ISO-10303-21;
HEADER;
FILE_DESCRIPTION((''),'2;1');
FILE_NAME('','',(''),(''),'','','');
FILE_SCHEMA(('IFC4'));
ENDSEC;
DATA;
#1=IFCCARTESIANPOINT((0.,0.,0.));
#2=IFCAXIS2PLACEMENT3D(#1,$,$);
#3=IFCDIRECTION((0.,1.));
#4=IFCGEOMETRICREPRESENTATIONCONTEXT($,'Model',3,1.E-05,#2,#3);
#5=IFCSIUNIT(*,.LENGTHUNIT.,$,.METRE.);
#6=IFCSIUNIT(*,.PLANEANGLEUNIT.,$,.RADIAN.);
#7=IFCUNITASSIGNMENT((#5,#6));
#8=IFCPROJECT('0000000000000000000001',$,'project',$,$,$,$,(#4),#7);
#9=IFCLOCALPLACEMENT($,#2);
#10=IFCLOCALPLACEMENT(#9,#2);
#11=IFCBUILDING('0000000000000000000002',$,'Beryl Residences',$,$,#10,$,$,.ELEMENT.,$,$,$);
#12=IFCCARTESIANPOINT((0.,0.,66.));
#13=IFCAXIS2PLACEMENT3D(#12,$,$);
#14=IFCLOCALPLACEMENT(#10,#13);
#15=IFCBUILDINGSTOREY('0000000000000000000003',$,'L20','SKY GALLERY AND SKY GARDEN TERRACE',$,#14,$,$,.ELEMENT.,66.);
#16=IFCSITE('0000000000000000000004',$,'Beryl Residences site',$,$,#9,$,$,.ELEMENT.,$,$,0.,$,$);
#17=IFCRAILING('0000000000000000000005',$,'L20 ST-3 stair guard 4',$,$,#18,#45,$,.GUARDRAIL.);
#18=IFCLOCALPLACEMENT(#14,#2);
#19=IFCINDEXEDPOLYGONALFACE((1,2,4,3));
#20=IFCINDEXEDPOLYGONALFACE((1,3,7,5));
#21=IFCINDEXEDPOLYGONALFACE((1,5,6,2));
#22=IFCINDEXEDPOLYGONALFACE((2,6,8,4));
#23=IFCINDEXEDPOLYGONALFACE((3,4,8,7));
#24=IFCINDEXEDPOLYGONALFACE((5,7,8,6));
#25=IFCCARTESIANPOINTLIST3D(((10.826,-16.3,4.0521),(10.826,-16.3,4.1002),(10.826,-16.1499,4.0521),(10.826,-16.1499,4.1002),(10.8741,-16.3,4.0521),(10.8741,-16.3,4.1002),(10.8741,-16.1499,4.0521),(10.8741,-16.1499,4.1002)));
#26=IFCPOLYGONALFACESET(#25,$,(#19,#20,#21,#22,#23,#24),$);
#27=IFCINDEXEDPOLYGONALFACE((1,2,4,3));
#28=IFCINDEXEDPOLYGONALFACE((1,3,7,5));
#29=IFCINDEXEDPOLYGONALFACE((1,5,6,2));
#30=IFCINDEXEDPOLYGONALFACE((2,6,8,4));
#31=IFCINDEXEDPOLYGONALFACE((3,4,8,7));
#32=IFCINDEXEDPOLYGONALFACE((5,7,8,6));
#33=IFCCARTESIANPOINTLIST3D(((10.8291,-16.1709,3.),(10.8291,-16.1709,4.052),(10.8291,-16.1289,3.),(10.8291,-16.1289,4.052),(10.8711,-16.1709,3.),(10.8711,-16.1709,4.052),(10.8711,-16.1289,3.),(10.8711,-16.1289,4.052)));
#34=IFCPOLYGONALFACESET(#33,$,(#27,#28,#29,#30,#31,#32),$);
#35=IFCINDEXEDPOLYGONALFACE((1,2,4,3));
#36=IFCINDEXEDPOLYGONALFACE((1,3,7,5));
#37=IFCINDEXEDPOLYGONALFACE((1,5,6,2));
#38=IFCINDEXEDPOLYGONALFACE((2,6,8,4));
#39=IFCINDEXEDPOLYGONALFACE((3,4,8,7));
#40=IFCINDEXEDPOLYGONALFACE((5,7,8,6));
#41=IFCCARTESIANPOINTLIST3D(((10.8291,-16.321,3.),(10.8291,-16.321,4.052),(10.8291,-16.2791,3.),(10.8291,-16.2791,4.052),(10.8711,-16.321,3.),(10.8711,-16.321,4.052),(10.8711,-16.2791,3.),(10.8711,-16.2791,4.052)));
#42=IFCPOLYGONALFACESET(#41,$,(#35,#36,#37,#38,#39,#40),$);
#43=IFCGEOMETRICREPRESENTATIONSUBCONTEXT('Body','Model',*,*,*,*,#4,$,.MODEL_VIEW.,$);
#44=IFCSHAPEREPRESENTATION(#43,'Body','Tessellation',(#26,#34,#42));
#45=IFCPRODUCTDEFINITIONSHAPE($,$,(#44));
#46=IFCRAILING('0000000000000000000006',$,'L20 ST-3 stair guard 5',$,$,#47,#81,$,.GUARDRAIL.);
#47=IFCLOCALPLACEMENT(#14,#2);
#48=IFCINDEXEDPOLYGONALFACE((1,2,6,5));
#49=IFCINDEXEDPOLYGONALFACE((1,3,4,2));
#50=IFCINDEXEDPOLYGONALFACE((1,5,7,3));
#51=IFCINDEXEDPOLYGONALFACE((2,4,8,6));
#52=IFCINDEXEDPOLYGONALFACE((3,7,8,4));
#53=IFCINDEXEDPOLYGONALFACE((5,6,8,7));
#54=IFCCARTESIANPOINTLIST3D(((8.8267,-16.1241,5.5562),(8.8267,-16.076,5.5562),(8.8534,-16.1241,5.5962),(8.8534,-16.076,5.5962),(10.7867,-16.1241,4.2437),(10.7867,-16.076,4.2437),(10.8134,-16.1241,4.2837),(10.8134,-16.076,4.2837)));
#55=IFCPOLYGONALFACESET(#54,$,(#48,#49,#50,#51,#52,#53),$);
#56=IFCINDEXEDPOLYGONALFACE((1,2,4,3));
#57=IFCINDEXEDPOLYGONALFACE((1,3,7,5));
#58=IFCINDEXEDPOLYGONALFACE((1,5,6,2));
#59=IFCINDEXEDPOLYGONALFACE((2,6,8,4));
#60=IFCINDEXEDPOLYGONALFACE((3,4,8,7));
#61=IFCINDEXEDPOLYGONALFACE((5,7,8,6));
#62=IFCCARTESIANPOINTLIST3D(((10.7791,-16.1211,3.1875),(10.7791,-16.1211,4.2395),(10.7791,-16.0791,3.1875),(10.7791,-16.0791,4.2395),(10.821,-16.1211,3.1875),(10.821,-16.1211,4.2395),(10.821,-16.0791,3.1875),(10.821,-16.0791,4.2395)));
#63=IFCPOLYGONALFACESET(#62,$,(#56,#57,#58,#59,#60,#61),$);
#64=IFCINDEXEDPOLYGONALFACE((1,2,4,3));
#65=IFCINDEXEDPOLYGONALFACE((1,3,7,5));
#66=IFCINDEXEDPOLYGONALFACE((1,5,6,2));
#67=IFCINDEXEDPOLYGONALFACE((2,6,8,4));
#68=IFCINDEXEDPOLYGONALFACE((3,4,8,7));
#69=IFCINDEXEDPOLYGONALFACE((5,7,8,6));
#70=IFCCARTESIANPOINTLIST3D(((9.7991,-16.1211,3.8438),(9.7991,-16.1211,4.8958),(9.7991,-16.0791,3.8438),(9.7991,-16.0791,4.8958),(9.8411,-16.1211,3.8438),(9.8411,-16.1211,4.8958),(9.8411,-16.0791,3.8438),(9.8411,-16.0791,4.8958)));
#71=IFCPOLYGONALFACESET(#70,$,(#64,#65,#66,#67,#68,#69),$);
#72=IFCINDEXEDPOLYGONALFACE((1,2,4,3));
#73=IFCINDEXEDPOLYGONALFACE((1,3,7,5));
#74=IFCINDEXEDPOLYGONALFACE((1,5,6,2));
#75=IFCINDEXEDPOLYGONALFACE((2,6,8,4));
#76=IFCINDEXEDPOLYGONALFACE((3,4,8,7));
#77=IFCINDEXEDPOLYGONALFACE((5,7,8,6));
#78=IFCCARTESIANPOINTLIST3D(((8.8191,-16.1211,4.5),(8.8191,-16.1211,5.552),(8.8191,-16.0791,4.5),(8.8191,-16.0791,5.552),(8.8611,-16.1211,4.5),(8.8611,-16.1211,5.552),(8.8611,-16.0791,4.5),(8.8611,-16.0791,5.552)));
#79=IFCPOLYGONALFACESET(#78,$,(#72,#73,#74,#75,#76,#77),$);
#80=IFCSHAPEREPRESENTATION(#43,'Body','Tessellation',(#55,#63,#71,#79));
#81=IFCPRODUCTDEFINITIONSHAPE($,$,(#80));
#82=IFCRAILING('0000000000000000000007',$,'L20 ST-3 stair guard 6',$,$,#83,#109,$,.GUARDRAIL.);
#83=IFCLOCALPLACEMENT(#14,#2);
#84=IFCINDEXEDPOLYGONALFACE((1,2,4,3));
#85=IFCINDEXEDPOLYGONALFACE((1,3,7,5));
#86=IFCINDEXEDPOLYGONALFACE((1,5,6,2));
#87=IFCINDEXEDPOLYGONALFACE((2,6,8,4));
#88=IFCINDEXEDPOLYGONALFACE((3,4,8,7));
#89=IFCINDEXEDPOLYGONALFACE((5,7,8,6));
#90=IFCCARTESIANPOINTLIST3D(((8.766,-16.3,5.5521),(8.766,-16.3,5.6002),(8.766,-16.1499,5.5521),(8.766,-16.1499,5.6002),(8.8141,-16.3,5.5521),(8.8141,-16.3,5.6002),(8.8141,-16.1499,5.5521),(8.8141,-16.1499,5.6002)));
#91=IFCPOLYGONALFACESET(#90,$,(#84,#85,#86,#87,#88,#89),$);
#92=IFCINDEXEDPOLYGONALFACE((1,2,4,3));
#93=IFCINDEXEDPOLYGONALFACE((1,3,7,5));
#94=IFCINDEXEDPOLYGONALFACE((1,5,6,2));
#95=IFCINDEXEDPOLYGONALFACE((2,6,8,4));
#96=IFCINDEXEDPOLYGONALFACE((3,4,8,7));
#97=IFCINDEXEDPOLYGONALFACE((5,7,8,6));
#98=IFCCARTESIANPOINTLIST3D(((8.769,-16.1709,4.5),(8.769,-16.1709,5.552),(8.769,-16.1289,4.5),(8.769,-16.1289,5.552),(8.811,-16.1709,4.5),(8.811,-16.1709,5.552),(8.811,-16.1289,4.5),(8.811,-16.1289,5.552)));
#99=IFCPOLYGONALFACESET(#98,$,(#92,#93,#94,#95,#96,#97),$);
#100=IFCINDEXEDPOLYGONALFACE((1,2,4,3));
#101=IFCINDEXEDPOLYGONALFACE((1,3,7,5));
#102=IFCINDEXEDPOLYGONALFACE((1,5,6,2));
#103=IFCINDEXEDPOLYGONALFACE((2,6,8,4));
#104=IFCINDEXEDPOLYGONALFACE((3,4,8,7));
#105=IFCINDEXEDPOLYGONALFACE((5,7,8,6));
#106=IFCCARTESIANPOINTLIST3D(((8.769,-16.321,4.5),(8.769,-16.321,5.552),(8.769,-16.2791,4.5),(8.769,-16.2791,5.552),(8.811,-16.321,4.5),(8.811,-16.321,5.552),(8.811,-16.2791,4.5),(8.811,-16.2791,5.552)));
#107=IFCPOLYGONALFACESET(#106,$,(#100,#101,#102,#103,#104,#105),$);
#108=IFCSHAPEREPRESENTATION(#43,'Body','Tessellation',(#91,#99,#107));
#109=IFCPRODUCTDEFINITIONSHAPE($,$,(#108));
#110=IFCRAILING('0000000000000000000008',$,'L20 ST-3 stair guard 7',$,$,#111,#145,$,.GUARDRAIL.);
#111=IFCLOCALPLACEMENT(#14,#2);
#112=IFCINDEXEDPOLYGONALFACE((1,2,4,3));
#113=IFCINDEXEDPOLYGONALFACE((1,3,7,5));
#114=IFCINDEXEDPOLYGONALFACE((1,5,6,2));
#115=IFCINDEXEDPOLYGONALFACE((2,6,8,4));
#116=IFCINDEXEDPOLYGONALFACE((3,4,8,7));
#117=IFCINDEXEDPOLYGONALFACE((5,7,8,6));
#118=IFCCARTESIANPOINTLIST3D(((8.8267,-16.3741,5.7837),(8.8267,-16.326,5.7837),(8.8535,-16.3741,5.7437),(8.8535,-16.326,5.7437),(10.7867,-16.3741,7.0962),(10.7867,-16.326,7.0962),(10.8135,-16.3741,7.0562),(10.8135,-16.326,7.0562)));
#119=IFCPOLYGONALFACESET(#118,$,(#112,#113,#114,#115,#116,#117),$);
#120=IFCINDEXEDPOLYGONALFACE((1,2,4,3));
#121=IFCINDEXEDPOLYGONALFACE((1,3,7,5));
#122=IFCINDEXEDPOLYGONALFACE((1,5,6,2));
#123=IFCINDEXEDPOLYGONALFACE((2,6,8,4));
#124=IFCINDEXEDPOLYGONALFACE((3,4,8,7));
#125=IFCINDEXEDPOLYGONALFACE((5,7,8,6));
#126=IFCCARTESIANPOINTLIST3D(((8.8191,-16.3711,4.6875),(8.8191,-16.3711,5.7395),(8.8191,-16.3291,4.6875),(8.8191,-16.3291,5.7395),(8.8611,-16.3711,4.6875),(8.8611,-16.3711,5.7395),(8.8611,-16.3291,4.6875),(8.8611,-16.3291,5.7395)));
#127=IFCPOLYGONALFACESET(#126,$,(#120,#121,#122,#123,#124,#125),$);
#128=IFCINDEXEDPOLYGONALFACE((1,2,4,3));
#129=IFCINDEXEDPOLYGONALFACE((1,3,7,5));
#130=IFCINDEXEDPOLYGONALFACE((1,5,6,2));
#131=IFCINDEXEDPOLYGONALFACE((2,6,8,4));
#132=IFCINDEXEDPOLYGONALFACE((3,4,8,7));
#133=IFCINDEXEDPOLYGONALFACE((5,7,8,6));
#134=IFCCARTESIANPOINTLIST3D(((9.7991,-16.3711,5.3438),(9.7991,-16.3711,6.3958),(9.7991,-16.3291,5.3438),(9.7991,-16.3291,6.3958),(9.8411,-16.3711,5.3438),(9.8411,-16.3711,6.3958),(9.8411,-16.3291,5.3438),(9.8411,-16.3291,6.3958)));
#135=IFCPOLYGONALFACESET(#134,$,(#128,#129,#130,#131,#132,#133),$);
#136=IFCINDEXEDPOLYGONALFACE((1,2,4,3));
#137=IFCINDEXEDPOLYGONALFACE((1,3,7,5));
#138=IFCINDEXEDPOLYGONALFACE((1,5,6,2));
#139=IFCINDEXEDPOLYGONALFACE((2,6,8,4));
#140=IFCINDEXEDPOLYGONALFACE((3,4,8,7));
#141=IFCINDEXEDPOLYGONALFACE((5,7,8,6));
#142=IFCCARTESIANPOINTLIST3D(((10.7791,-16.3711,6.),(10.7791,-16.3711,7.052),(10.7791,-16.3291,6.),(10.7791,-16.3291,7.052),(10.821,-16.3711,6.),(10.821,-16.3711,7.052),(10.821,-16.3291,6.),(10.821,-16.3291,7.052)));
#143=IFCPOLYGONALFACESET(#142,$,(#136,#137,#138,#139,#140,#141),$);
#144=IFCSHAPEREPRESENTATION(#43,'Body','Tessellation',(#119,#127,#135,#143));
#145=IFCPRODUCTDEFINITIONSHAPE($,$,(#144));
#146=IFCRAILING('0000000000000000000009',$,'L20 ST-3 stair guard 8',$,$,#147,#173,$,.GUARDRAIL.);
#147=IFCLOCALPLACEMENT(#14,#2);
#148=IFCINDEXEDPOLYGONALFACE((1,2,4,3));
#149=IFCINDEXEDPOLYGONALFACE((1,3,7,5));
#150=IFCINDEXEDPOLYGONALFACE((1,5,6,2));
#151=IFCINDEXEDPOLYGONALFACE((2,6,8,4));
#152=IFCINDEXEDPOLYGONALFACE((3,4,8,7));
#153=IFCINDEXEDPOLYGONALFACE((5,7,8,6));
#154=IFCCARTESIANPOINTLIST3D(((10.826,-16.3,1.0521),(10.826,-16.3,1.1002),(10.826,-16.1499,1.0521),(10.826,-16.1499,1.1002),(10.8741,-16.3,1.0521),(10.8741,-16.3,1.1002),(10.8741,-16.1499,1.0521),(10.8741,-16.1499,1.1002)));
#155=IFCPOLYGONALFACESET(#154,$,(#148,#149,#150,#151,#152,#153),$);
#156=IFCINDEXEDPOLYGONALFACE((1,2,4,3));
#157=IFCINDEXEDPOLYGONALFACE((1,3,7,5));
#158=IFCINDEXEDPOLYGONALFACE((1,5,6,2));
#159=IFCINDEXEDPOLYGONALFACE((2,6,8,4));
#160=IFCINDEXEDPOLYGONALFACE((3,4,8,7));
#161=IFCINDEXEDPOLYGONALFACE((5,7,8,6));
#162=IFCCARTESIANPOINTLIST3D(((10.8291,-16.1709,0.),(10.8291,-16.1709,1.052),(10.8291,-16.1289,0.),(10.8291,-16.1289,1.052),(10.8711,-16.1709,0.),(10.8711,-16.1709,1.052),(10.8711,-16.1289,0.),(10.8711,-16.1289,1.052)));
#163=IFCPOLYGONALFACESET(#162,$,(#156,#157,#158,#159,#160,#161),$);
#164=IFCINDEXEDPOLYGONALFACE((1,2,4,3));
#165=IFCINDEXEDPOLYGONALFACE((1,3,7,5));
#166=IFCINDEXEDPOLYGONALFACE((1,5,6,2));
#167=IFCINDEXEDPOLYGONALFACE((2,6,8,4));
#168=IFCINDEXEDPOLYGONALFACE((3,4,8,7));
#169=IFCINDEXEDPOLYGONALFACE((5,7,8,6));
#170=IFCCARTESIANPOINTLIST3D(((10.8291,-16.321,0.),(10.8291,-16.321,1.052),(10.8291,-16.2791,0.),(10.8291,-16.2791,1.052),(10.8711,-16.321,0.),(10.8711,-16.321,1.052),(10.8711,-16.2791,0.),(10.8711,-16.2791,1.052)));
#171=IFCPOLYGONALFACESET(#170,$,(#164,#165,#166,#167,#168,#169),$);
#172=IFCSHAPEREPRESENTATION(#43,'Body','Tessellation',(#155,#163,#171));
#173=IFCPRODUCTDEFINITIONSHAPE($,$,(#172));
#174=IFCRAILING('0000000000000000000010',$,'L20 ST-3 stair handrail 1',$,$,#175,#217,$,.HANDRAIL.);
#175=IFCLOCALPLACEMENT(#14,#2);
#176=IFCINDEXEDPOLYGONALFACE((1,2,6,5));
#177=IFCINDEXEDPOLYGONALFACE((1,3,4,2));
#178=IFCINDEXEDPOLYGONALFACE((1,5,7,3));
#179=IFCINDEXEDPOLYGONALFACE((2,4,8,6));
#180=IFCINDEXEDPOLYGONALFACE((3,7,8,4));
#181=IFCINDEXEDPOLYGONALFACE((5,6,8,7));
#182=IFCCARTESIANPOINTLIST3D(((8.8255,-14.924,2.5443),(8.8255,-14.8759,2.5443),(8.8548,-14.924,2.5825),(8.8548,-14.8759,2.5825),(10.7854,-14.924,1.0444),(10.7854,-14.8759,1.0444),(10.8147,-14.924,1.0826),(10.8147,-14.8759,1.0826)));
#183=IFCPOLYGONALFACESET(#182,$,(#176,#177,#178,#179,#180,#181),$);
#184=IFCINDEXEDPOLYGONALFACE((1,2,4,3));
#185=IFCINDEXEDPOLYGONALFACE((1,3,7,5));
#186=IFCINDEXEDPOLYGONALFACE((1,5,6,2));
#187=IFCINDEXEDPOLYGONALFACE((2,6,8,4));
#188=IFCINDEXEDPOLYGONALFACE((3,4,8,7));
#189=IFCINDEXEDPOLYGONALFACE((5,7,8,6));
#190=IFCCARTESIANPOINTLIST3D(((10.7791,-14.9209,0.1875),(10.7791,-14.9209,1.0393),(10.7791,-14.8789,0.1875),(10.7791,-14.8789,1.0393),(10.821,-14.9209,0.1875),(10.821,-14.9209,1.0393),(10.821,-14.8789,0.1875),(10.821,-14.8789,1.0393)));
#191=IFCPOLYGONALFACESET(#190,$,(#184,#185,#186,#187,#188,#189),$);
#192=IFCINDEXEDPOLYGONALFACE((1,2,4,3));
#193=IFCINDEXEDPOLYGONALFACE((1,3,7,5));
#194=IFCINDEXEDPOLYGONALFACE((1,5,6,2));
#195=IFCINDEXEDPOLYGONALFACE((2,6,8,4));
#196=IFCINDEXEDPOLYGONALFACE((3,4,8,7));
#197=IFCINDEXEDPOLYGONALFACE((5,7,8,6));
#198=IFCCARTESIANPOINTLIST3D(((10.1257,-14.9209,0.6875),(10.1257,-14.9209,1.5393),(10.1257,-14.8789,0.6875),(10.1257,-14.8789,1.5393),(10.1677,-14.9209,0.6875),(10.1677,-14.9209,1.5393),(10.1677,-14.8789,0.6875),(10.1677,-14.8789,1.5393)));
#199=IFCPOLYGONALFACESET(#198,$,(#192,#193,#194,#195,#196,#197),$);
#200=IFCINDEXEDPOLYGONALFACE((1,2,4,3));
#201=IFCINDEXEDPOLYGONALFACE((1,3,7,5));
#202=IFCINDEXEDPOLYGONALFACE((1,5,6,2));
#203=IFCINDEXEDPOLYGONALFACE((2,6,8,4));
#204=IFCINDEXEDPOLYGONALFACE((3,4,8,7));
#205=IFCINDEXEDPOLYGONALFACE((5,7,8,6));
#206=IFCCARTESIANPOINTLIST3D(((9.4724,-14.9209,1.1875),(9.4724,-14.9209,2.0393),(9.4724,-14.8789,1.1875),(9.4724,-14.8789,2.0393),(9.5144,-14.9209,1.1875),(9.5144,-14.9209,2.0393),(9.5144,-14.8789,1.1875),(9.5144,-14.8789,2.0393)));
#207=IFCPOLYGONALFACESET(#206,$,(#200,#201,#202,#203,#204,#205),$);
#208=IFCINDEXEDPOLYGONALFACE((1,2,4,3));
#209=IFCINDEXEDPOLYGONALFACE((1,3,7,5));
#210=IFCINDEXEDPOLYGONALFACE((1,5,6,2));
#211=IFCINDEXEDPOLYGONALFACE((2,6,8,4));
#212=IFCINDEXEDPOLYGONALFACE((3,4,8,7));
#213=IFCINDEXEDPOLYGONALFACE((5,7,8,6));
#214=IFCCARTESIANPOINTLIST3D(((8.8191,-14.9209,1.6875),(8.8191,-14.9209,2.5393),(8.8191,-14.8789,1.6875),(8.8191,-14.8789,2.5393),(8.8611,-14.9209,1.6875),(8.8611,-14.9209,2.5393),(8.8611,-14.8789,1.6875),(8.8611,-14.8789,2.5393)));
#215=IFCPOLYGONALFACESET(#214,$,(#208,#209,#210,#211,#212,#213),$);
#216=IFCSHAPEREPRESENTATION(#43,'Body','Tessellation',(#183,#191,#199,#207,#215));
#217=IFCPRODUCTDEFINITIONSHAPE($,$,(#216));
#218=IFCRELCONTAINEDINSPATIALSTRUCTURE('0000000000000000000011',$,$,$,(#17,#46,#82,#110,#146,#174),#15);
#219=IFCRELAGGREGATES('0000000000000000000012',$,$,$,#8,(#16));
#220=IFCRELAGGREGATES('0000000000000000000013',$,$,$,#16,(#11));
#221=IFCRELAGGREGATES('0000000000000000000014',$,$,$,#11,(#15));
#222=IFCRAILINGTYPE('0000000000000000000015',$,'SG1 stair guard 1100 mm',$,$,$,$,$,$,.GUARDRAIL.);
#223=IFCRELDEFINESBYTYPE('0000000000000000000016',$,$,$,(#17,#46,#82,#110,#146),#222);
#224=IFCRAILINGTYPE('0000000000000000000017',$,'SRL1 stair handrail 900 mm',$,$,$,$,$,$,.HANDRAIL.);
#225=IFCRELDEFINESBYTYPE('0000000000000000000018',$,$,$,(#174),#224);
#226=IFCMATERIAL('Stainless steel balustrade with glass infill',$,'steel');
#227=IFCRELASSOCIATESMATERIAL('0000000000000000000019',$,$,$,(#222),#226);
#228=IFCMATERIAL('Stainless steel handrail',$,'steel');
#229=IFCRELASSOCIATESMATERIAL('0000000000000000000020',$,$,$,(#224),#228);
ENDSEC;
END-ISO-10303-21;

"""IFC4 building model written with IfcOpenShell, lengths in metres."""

from ifc_helpers import new_model, si_unit, direction, frame, origin, origin_2d, place, context, subcontext, project, spatial, rectangle, extrude, material, type_object, element, save


model = new_model("IFC4")

# Units and contexts
model_context = context("Model", 3, precision=1e-05, world=origin(), true_north=direction((0.0, 1.0)))
body_context = subcontext(model_context, "Body", "Model", "MODEL_VIEW")
ifc_project = project(units=[si_unit("LENGTHUNIT", "METRE"), si_unit("PLANEANGLEUNIT", "RADIAN")], contexts=[model_context])

# Site, building, storey
site_placement = place(None, origin())
site = spatial("IfcSite", under=ifc_project, at=site_placement, Name="Beryl Residences site", CompositionType="ELEMENT", RefElevation=0.0)
building_placement = place(site_placement, origin())
building = spatial("IfcBuilding", under=site, at=building_placement, Name="Beryl Residences", CompositionType="ELEMENT")
storey_placement = place(building_placement, frame((0.0, 0.0, 66.0)))
storey = spatial("IfcBuildingStorey", under=building, at=storey_placement, Name="L20", Description="SKY GALLERY AND SKY GARDEN TERRACE", CompositionType="ELEMENT", Elevation=66.0)

# Railings
ifc_material_1 = material(Name="Stainless steel balustrade with glass infill", Category="steel")
railing_type_1 = type_object("IfcRailingType", Name="SG1 stair guard 1100 mm", PredefinedType="GUARDRAIL", material=ifc_material_1)
railing_1_placement = place(storey_placement, frame((10.8501, -16.1499, 3.0)))
element("IfcRailing", 1, at=railing_1_placement, inside=storey, type_object=railing_type_1, Name="L20 ST-3 stair guard 4", PredefinedType="GUARDRAIL", context=body_context, shape_type="SweptSolid", body=[
    extrude(rectangle(XDim=0.0481, YDim=0.0481, at=origin_2d()), frame((0.0, 0.0, 1.0762), z_axis=(0.0, -1.0, 0.0), x_axis=(1.0, 0.0, 0.0)), (0.0, 0.0, 1.0), 0.1501),
    extrude(rectangle(XDim=0.042, YDim=0.042, at=origin_2d()), origin(), (0.0, 0.0, 1.0), 1.052),
    extrude(rectangle(XDim=0.042, YDim=0.042, at=origin_2d()), frame((0.0, -0.1501, 0.0)), (0.0, 0.0, 1.0), 1.052),
])
railing_2_placement = place(storey_placement, frame((10.8, -16.1001, 3.1875)))
element("IfcRailing", 2, at=railing_2_placement, inside=storey, type_object=railing_type_1, Name="L20 ST-3 stair guard 5", PredefinedType="GUARDRAIL", context=body_context, shape_type="SweptSolid", body=[
    extrude(rectangle(XDim=0.0481, YDim=0.0481, at=origin_2d()), frame((0.0, 0.0, 1.0762), z_axis=(-0.830902, 0.0, 0.556419), x_axis=(0.0, -1.0, 0.0)), (0.0, 0.0, 1.0), 2.3589),
    extrude(rectangle(XDim=0.042, YDim=0.042, at=origin_2d()), origin(), (0.0, 0.0, 1.0), 1.052),
    extrude(rectangle(XDim=0.042, YDim=0.042, at=origin_2d()), frame((-0.98, 0.0, 0.6562)), (0.0, 0.0, 1.0), 1.052),
    extrude(rectangle(XDim=0.042, YDim=0.042, at=origin_2d()), frame((-1.96, 0.0, 1.3125)), (0.0, 0.0, 1.0), 1.052),
])
railing_3_placement = place(storey_placement, frame((8.79, -16.1499, 4.5)))
element("IfcRailing", 3, at=railing_3_placement, inside=storey, type_object=railing_type_1, Name="L20 ST-3 stair guard 6", PredefinedType="GUARDRAIL", context=body_context, shape_type="SweptSolid", body=[
    extrude(rectangle(XDim=0.0481, YDim=0.0481, at=origin_2d()), frame((0.0, 0.0, 1.0762), z_axis=(0.0, -1.0, 0.0), x_axis=(1.0, 0.0, 0.0)), (0.0, 0.0, 1.0), 0.1501),
    extrude(rectangle(XDim=0.042, YDim=0.042, at=origin_2d()), origin(), (0.0, 0.0, 1.0), 1.052),
    extrude(rectangle(XDim=0.042, YDim=0.042, at=origin_2d()), frame((0.0, -0.1501, 0.0)), (0.0, 0.0, 1.0), 1.052),
])
railing_4_placement = place(storey_placement, frame((8.8401, -16.3501, 4.6875)))
element("IfcRailing", 4, at=railing_4_placement, inside=storey, type_object=railing_type_1, Name="L20 ST-3 stair guard 7", PredefinedType="GUARDRAIL", context=body_context, shape_type="SweptSolid", body=[
    extrude(rectangle(XDim=0.0481, YDim=0.0481, at=origin_2d()), frame((0.0, 0.0, 1.0762), z_axis=(0.830902, 0.0, 0.556419), x_axis=(0.0, 1.0, 0.0)), (0.0, 0.0, 1.0), 2.3589),
    extrude(rectangle(XDim=0.042, YDim=0.042, at=origin_2d()), origin(), (0.0, 0.0, 1.0), 1.052),
    extrude(rectangle(XDim=0.042, YDim=0.042, at=origin_2d()), frame((0.98, 0.0, 0.6562)), (0.0, 0.0, 1.0), 1.052),
    extrude(rectangle(XDim=0.042, YDim=0.042, at=origin_2d()), frame((1.96, 0.0, 1.3125)), (0.0, 0.0, 1.0), 1.052),
])
railing_5_placement = place(storey_placement, frame((10.8501, -16.1499, 0.0)))
element("IfcRailing", 5, at=railing_5_placement, inside=storey, type_object=railing_type_1, Name="L20 ST-3 stair guard 8", PredefinedType="GUARDRAIL", context=body_context, shape_type="SweptSolid", body=[
    extrude(rectangle(XDim=0.0481, YDim=0.0481, at=origin_2d()), frame((0.0, 0.0, 1.0762), z_axis=(0.0, -1.0, 0.0), x_axis=(1.0, 0.0, 0.0)), (0.0, 0.0, 1.0), 0.1501),
    extrude(rectangle(XDim=0.042, YDim=0.042, at=origin_2d()), origin(), (0.0, 0.0, 1.0), 1.052),
    extrude(rectangle(XDim=0.042, YDim=0.042, at=origin_2d()), frame((0.0, -0.1501, 0.0)), (0.0, 0.0, 1.0), 1.052),
])
ifc_material_2 = material(Name="Stainless steel handrail", Category="steel")
railing_type_2 = type_object("IfcRailingType", Name="SRL1 stair handrail 900 mm", PredefinedType="HANDRAIL", material=ifc_material_2)
railing_6_placement = place(storey_placement, frame((10.8, -14.8999, 0.1875)))
element("IfcRailing", 6, at=railing_6_placement, inside=storey, type_object=railing_type_2, Name="L20 ST-3 stair handrail 1", PredefinedType="HANDRAIL", context=body_context, shape_type="SweptSolid", body=[
    extrude(rectangle(XDim=0.0481, YDim=0.0481, at=origin_2d()), frame((0.0, 0.0, 0.876), z_axis=(-0.794122, 0.0, 0.607758), x_axis=(0.0, -1.0, 0.0)), (0.0, 0.0, 1.0), 2.468),
    extrude(rectangle(XDim=0.042, YDim=0.042, at=origin_2d()), origin(), (0.0, 0.0, 1.0), 0.8518),
    extrude(rectangle(XDim=0.042, YDim=0.042, at=origin_2d()), frame((-0.6533, 0.0, 0.5)), (0.0, 0.0, 1.0), 0.8518),
    extrude(rectangle(XDim=0.042, YDim=0.042, at=origin_2d()), frame((-1.3066, 0.0, 1.0)), (0.0, 0.0, 1.0), 0.8518),
    extrude(rectangle(XDim=0.042, YDim=0.042, at=origin_2d()), frame((-1.96, 0.0, 1.5)), (0.0, 0.0, 1.0), 0.8518),
])

save(model, "model.ifc")
